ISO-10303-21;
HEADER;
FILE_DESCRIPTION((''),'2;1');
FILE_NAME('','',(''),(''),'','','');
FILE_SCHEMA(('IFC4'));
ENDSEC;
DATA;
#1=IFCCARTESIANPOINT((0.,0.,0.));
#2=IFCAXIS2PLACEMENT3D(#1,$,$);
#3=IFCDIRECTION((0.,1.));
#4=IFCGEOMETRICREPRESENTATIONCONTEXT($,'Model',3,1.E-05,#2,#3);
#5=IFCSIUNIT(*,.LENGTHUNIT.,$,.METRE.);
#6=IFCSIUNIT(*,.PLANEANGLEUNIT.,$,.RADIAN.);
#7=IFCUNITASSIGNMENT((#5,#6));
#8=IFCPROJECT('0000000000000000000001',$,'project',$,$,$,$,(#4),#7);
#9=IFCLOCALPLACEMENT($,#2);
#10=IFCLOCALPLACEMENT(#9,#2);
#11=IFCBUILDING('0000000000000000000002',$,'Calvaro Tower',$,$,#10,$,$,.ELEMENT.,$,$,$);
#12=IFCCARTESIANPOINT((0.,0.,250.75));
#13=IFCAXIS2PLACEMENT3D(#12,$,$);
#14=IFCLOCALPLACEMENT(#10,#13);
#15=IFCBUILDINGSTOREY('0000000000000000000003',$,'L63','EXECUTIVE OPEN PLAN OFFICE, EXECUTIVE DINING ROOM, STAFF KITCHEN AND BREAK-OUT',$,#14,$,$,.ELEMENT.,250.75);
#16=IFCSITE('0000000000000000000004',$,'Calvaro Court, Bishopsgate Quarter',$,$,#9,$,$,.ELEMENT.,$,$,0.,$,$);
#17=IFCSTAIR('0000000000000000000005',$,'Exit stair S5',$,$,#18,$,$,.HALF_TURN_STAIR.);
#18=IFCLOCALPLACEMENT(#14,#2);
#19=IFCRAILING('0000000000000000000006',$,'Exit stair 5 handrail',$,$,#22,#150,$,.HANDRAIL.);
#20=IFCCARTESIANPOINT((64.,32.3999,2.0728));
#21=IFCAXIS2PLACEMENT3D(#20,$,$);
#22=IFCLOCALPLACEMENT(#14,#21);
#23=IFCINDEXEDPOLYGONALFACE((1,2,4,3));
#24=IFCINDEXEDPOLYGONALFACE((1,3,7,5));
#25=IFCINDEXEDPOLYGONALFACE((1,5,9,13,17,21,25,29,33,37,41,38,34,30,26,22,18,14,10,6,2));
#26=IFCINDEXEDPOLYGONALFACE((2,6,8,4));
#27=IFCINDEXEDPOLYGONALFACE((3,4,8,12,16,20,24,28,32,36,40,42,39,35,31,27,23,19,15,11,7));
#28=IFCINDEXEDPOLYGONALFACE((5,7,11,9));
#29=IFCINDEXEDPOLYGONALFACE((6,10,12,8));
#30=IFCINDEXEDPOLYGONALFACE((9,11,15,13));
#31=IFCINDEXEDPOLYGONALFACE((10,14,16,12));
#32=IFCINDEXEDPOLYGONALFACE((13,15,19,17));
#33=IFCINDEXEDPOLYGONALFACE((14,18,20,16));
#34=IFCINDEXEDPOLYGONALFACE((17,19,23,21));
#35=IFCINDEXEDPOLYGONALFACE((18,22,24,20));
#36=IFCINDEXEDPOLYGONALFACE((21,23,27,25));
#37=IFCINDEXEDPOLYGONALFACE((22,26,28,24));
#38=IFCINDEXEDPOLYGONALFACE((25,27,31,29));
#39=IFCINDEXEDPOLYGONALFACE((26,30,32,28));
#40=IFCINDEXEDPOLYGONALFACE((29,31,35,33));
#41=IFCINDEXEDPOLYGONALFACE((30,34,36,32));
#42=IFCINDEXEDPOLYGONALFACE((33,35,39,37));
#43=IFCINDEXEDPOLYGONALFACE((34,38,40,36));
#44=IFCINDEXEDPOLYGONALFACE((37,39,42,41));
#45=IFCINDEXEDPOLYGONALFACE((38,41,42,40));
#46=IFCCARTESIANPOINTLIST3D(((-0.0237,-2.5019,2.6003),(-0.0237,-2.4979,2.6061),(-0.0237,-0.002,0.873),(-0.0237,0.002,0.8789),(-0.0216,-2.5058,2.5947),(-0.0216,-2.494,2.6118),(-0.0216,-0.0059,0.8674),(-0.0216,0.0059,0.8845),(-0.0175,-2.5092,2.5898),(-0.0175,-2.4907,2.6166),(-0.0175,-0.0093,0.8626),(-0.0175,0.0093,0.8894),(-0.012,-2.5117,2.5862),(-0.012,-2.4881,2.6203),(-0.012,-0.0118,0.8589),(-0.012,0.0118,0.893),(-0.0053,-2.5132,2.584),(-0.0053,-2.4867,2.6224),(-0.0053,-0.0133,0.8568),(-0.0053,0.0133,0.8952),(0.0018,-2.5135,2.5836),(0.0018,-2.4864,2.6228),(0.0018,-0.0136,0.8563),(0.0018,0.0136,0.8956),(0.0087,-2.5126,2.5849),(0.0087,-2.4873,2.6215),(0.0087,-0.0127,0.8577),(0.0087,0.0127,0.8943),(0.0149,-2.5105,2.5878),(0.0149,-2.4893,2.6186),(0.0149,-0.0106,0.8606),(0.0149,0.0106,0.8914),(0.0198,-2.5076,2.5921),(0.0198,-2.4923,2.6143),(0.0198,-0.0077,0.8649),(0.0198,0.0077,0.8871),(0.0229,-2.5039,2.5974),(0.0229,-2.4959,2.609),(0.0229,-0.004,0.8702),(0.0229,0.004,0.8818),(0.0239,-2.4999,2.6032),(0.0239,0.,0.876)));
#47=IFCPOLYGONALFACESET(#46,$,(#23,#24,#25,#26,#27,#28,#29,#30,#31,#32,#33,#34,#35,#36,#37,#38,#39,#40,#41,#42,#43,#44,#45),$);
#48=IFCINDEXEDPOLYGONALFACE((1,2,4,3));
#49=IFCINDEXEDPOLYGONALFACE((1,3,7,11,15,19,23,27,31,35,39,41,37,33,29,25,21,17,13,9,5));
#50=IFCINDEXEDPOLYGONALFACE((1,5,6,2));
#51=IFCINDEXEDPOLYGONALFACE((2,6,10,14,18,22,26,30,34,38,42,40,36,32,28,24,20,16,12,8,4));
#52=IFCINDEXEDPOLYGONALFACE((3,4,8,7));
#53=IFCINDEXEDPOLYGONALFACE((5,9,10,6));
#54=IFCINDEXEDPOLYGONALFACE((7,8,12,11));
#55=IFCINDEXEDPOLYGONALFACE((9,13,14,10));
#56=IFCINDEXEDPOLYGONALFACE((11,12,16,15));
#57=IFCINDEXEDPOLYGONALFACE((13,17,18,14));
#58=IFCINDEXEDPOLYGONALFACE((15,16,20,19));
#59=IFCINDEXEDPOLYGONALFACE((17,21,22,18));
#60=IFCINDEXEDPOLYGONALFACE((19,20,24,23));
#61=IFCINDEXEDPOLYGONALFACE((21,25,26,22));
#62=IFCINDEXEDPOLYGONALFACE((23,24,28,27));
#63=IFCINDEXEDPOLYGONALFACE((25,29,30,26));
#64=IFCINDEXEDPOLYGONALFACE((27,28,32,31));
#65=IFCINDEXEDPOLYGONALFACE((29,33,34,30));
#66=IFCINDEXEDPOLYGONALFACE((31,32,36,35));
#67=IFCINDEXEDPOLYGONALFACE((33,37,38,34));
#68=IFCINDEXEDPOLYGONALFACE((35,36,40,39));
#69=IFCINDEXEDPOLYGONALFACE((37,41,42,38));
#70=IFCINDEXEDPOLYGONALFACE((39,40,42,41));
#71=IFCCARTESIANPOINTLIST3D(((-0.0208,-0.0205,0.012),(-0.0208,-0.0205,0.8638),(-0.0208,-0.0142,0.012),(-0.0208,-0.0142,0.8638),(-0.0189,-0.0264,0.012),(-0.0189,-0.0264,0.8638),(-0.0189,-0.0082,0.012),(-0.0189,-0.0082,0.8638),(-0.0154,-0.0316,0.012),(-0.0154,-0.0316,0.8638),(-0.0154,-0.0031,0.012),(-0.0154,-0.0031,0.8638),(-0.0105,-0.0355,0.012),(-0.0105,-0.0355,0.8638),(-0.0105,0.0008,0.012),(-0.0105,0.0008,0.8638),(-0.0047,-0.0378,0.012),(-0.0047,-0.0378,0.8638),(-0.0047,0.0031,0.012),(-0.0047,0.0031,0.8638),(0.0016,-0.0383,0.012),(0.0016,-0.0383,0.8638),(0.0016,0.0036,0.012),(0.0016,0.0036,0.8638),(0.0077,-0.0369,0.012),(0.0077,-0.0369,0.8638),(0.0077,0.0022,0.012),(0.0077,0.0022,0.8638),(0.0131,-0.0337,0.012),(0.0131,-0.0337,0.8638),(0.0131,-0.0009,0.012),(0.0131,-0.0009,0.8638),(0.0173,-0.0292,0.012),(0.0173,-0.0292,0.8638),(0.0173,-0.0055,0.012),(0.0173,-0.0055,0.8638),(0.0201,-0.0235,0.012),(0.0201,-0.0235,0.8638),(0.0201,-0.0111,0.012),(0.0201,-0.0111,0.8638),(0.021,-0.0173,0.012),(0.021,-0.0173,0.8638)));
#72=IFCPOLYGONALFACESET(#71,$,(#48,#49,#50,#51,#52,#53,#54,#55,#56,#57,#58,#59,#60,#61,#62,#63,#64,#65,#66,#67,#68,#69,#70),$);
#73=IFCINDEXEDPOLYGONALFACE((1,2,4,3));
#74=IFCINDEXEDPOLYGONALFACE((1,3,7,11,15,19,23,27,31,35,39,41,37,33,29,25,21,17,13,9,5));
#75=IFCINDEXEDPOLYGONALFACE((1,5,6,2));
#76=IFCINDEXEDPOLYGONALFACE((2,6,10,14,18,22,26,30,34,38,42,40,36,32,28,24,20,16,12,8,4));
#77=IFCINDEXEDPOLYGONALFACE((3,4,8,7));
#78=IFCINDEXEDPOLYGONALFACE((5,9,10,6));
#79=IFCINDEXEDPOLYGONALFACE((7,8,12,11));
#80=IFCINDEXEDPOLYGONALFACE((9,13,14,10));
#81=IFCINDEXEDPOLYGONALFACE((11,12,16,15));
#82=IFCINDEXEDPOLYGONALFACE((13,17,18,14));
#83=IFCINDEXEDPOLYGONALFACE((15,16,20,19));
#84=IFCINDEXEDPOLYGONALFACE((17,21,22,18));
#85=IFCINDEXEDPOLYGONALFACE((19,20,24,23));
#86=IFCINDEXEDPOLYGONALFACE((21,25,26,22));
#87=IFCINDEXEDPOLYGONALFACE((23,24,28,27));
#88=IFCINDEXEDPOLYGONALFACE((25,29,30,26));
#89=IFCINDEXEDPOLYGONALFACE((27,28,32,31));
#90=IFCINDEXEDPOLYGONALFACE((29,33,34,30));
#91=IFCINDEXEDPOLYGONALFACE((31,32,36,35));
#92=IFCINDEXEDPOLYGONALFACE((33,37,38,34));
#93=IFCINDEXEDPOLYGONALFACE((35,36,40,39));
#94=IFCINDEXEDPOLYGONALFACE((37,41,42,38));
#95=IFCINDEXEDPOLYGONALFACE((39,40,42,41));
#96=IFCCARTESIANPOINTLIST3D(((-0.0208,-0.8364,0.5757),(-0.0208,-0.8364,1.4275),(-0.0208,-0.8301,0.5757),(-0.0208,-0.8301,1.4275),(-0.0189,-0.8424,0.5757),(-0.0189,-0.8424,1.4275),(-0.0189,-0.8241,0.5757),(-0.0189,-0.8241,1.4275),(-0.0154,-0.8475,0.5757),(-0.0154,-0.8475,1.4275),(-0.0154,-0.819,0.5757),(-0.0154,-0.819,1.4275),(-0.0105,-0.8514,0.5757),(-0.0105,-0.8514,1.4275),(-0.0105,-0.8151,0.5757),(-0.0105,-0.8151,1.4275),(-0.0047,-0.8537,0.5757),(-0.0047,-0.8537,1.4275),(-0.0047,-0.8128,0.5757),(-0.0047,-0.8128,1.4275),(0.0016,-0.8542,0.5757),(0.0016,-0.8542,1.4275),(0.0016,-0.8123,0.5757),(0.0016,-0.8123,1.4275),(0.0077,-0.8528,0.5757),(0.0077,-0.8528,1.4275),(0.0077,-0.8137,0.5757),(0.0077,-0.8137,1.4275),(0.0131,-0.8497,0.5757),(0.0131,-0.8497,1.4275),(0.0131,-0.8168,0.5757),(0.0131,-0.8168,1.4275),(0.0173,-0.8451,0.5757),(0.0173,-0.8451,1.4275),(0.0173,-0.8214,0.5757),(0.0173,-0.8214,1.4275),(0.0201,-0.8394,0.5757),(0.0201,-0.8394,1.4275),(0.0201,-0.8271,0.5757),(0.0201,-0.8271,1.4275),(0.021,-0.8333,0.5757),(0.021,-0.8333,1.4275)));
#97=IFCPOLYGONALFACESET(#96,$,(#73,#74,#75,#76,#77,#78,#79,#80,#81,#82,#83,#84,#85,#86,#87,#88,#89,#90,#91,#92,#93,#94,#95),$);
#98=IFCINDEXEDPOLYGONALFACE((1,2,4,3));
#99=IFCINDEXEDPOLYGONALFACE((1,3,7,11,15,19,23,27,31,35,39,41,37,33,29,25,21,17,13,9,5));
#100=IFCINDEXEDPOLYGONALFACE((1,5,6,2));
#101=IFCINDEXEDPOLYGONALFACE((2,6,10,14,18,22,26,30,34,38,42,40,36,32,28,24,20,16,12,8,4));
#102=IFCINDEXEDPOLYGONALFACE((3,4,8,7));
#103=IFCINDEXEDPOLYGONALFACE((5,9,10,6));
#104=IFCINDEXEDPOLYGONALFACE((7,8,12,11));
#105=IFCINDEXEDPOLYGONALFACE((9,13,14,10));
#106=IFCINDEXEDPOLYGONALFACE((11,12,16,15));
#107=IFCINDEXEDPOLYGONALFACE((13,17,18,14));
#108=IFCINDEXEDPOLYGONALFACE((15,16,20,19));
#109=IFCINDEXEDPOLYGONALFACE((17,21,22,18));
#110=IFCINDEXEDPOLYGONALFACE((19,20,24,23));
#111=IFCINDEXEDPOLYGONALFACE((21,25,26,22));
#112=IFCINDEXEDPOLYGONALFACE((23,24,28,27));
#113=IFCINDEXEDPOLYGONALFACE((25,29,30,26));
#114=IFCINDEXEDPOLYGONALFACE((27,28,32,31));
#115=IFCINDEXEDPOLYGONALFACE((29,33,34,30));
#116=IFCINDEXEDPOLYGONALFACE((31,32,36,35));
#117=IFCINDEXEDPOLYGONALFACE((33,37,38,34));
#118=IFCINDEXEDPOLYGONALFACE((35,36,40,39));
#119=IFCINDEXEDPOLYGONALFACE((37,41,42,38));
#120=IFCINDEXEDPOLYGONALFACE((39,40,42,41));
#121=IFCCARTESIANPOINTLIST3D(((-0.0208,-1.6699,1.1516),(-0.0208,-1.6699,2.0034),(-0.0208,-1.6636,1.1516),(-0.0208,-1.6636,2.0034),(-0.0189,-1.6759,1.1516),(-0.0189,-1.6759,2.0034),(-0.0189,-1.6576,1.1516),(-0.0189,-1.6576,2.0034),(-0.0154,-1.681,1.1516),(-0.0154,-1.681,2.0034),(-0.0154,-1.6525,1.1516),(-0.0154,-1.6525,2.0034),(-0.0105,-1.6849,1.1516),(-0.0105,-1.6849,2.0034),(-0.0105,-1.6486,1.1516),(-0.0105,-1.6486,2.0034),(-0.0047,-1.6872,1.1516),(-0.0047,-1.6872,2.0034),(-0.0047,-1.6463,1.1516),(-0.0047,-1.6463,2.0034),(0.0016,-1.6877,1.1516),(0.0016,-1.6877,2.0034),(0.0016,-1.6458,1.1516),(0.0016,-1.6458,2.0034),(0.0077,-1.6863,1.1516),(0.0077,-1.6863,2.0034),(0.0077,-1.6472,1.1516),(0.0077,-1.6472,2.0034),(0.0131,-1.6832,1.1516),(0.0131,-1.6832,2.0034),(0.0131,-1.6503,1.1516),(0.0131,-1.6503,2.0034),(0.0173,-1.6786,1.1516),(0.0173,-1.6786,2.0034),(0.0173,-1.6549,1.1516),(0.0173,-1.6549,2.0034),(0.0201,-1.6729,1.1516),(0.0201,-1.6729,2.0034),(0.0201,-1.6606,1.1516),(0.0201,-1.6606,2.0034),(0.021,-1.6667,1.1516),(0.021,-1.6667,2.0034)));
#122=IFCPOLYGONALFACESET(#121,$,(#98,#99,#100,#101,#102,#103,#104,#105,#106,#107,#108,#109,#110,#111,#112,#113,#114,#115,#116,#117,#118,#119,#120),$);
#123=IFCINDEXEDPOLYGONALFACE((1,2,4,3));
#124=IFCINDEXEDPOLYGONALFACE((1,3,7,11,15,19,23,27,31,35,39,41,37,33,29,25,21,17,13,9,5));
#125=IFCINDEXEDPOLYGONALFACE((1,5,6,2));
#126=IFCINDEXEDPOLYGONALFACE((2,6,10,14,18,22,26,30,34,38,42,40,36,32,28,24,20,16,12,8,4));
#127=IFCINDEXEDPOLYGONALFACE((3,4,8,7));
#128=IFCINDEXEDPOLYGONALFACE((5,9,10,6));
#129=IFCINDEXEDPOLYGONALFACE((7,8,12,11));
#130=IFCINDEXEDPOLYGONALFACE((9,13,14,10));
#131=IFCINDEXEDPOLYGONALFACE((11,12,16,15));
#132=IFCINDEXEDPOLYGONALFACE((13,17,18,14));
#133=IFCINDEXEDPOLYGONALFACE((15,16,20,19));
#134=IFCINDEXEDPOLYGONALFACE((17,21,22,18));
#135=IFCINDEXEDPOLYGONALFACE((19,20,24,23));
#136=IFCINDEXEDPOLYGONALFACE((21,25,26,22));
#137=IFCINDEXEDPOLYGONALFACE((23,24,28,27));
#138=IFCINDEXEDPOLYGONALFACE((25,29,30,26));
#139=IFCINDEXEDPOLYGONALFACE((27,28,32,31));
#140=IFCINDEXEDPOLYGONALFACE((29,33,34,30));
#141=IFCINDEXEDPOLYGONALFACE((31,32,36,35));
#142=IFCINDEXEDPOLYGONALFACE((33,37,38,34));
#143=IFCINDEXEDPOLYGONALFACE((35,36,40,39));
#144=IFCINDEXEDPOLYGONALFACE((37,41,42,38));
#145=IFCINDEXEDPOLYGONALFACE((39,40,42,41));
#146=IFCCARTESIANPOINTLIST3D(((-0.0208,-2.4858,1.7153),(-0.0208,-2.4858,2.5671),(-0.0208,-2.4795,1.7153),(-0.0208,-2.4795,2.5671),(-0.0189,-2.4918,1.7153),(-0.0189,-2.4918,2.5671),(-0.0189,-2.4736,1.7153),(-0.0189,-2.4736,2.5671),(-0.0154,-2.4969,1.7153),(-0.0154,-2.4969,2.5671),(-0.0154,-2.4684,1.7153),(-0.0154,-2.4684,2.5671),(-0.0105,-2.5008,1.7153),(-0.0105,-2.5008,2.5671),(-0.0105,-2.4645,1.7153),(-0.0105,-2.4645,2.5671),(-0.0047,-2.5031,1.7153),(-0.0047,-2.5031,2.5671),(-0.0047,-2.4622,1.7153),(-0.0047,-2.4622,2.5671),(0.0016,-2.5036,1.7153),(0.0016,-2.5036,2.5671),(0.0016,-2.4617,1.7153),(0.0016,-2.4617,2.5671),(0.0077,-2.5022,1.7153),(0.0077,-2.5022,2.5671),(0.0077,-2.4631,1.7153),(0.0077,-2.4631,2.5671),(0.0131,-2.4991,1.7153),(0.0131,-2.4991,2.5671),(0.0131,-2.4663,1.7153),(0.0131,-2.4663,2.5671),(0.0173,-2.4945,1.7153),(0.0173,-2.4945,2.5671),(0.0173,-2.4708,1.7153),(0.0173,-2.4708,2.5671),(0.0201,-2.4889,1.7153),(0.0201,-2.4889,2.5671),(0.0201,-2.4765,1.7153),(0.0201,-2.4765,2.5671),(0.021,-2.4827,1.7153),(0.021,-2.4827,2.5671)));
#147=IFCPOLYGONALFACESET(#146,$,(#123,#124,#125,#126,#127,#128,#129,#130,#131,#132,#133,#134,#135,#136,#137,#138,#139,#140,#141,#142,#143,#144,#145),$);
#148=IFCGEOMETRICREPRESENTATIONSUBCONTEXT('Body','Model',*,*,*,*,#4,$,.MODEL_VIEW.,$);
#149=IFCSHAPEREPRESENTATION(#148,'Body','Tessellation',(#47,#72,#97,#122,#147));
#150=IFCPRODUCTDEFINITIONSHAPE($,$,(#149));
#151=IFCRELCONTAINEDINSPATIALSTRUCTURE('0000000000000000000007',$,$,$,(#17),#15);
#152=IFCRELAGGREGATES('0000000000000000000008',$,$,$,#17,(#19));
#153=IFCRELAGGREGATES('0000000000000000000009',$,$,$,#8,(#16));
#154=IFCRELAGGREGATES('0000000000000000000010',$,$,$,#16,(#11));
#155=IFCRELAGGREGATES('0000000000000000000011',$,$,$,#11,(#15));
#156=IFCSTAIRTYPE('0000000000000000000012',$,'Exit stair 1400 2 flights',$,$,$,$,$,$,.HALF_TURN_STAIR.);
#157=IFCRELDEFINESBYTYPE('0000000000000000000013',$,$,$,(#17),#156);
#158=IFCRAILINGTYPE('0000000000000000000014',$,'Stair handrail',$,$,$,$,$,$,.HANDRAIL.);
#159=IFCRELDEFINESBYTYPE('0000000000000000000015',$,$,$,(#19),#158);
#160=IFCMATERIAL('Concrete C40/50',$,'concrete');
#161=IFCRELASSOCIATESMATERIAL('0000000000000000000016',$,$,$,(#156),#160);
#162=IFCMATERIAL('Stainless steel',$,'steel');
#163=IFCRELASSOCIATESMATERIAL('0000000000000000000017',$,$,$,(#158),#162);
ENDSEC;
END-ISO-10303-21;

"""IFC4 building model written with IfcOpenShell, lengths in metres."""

from ifc_helpers import new_model, si_unit, direction, frame, origin, origin_2d, place, context, subcontext, project, spatial, circle, extrude, material, type_object, element, aggregate, save


model = new_model("IFC4")

# Units and contexts
model_context = context("Model", 3, precision=1e-05, world=origin(), true_north=direction((0.0, 1.0)))
body_context = subcontext(model_context, "Body", "Model", "MODEL_VIEW")
ifc_project = project(units=[si_unit("LENGTHUNIT", "METRE"), si_unit("PLANEANGLEUNIT", "RADIAN")], contexts=[model_context])

# Site, building, storey
site_placement = place(None, origin())
site = spatial("IfcSite", under=ifc_project, at=site_placement, Name="Calvaro Court, Bishopsgate Quarter", CompositionType="ELEMENT", RefElevation=0.0)
building_placement = place(site_placement, origin())
building = spatial("IfcBuilding", under=site, at=building_placement, Name="Calvaro Tower", CompositionType="ELEMENT")
storey_placement = place(building_placement, frame((0.0, 0.0, 250.75)))
storey = spatial("IfcBuildingStorey", under=building, at=storey_placement, Name="L63", Description="EXECUTIVE OPEN PLAN OFFICE, EXECUTIVE DINING ROOM, STAFF KITCHEN AND BREAK-OUT", CompositionType="ELEMENT", Elevation=250.75)

# Stair, railing
ifc_material_1 = material(Name="Concrete C40/50", Category="concrete")
stair_type = type_object("IfcStairType", Name="Exit stair 1400 2 flights", PredefinedType="HALF_TURN_STAIR", material=ifc_material_1)
stair_placement = place(storey_placement, origin())
stair = element("IfcStair", 1, at=stair_placement, inside=storey, type_object=stair_type, Name="Exit stair S5", PredefinedType="HALF_TURN_STAIR")
ifc_material_2 = material(Name="Stainless steel", Category="steel")
railing_type = type_object("IfcRailingType", Name="Stair handrail", PredefinedType="HANDRAIL", material=ifc_material_2)
railing_1_placement = place(storey_placement, frame((64.0, 32.3999, 2.0728)))
railing_1 = element("IfcRailing", 2, at=railing_1_placement, type_object=railing_type, Name="Exit stair 5 handrail", PredefinedType="HANDRAIL", context=body_context, shape_type="SweptSolid", body=[
    extrude(circle(Radius=0.0239, at=origin_2d()), frame((0.0, 0.0, 0.876), z_axis=(0.0, -0.822727, 0.568437), x_axis=(1.0, 0.0, 0.0)), (0.0, 0.0, 1.0), 3.0386),
    extrude(circle(Radius=0.021, at=origin_2d()), frame((0.0, -0.0173, 0.012)), (0.0, 0.0, 1.0), 0.8518),
    extrude(circle(Radius=0.021, at=origin_2d()), frame((0.0, -0.8333, 0.5757)), (0.0, 0.0, 1.0), 0.8518),
    extrude(circle(Radius=0.021, at=origin_2d()), frame((0.0, -1.6667, 1.1516)), (0.0, 0.0, 1.0), 0.8518),
    extrude(circle(Radius=0.021, at=origin_2d()), frame((0.0, -2.4827, 1.7153)), (0.0, 0.0, 1.0), 0.8518),
])
aggregate(stair, [railing_1])

save(model, "model.ifc")
